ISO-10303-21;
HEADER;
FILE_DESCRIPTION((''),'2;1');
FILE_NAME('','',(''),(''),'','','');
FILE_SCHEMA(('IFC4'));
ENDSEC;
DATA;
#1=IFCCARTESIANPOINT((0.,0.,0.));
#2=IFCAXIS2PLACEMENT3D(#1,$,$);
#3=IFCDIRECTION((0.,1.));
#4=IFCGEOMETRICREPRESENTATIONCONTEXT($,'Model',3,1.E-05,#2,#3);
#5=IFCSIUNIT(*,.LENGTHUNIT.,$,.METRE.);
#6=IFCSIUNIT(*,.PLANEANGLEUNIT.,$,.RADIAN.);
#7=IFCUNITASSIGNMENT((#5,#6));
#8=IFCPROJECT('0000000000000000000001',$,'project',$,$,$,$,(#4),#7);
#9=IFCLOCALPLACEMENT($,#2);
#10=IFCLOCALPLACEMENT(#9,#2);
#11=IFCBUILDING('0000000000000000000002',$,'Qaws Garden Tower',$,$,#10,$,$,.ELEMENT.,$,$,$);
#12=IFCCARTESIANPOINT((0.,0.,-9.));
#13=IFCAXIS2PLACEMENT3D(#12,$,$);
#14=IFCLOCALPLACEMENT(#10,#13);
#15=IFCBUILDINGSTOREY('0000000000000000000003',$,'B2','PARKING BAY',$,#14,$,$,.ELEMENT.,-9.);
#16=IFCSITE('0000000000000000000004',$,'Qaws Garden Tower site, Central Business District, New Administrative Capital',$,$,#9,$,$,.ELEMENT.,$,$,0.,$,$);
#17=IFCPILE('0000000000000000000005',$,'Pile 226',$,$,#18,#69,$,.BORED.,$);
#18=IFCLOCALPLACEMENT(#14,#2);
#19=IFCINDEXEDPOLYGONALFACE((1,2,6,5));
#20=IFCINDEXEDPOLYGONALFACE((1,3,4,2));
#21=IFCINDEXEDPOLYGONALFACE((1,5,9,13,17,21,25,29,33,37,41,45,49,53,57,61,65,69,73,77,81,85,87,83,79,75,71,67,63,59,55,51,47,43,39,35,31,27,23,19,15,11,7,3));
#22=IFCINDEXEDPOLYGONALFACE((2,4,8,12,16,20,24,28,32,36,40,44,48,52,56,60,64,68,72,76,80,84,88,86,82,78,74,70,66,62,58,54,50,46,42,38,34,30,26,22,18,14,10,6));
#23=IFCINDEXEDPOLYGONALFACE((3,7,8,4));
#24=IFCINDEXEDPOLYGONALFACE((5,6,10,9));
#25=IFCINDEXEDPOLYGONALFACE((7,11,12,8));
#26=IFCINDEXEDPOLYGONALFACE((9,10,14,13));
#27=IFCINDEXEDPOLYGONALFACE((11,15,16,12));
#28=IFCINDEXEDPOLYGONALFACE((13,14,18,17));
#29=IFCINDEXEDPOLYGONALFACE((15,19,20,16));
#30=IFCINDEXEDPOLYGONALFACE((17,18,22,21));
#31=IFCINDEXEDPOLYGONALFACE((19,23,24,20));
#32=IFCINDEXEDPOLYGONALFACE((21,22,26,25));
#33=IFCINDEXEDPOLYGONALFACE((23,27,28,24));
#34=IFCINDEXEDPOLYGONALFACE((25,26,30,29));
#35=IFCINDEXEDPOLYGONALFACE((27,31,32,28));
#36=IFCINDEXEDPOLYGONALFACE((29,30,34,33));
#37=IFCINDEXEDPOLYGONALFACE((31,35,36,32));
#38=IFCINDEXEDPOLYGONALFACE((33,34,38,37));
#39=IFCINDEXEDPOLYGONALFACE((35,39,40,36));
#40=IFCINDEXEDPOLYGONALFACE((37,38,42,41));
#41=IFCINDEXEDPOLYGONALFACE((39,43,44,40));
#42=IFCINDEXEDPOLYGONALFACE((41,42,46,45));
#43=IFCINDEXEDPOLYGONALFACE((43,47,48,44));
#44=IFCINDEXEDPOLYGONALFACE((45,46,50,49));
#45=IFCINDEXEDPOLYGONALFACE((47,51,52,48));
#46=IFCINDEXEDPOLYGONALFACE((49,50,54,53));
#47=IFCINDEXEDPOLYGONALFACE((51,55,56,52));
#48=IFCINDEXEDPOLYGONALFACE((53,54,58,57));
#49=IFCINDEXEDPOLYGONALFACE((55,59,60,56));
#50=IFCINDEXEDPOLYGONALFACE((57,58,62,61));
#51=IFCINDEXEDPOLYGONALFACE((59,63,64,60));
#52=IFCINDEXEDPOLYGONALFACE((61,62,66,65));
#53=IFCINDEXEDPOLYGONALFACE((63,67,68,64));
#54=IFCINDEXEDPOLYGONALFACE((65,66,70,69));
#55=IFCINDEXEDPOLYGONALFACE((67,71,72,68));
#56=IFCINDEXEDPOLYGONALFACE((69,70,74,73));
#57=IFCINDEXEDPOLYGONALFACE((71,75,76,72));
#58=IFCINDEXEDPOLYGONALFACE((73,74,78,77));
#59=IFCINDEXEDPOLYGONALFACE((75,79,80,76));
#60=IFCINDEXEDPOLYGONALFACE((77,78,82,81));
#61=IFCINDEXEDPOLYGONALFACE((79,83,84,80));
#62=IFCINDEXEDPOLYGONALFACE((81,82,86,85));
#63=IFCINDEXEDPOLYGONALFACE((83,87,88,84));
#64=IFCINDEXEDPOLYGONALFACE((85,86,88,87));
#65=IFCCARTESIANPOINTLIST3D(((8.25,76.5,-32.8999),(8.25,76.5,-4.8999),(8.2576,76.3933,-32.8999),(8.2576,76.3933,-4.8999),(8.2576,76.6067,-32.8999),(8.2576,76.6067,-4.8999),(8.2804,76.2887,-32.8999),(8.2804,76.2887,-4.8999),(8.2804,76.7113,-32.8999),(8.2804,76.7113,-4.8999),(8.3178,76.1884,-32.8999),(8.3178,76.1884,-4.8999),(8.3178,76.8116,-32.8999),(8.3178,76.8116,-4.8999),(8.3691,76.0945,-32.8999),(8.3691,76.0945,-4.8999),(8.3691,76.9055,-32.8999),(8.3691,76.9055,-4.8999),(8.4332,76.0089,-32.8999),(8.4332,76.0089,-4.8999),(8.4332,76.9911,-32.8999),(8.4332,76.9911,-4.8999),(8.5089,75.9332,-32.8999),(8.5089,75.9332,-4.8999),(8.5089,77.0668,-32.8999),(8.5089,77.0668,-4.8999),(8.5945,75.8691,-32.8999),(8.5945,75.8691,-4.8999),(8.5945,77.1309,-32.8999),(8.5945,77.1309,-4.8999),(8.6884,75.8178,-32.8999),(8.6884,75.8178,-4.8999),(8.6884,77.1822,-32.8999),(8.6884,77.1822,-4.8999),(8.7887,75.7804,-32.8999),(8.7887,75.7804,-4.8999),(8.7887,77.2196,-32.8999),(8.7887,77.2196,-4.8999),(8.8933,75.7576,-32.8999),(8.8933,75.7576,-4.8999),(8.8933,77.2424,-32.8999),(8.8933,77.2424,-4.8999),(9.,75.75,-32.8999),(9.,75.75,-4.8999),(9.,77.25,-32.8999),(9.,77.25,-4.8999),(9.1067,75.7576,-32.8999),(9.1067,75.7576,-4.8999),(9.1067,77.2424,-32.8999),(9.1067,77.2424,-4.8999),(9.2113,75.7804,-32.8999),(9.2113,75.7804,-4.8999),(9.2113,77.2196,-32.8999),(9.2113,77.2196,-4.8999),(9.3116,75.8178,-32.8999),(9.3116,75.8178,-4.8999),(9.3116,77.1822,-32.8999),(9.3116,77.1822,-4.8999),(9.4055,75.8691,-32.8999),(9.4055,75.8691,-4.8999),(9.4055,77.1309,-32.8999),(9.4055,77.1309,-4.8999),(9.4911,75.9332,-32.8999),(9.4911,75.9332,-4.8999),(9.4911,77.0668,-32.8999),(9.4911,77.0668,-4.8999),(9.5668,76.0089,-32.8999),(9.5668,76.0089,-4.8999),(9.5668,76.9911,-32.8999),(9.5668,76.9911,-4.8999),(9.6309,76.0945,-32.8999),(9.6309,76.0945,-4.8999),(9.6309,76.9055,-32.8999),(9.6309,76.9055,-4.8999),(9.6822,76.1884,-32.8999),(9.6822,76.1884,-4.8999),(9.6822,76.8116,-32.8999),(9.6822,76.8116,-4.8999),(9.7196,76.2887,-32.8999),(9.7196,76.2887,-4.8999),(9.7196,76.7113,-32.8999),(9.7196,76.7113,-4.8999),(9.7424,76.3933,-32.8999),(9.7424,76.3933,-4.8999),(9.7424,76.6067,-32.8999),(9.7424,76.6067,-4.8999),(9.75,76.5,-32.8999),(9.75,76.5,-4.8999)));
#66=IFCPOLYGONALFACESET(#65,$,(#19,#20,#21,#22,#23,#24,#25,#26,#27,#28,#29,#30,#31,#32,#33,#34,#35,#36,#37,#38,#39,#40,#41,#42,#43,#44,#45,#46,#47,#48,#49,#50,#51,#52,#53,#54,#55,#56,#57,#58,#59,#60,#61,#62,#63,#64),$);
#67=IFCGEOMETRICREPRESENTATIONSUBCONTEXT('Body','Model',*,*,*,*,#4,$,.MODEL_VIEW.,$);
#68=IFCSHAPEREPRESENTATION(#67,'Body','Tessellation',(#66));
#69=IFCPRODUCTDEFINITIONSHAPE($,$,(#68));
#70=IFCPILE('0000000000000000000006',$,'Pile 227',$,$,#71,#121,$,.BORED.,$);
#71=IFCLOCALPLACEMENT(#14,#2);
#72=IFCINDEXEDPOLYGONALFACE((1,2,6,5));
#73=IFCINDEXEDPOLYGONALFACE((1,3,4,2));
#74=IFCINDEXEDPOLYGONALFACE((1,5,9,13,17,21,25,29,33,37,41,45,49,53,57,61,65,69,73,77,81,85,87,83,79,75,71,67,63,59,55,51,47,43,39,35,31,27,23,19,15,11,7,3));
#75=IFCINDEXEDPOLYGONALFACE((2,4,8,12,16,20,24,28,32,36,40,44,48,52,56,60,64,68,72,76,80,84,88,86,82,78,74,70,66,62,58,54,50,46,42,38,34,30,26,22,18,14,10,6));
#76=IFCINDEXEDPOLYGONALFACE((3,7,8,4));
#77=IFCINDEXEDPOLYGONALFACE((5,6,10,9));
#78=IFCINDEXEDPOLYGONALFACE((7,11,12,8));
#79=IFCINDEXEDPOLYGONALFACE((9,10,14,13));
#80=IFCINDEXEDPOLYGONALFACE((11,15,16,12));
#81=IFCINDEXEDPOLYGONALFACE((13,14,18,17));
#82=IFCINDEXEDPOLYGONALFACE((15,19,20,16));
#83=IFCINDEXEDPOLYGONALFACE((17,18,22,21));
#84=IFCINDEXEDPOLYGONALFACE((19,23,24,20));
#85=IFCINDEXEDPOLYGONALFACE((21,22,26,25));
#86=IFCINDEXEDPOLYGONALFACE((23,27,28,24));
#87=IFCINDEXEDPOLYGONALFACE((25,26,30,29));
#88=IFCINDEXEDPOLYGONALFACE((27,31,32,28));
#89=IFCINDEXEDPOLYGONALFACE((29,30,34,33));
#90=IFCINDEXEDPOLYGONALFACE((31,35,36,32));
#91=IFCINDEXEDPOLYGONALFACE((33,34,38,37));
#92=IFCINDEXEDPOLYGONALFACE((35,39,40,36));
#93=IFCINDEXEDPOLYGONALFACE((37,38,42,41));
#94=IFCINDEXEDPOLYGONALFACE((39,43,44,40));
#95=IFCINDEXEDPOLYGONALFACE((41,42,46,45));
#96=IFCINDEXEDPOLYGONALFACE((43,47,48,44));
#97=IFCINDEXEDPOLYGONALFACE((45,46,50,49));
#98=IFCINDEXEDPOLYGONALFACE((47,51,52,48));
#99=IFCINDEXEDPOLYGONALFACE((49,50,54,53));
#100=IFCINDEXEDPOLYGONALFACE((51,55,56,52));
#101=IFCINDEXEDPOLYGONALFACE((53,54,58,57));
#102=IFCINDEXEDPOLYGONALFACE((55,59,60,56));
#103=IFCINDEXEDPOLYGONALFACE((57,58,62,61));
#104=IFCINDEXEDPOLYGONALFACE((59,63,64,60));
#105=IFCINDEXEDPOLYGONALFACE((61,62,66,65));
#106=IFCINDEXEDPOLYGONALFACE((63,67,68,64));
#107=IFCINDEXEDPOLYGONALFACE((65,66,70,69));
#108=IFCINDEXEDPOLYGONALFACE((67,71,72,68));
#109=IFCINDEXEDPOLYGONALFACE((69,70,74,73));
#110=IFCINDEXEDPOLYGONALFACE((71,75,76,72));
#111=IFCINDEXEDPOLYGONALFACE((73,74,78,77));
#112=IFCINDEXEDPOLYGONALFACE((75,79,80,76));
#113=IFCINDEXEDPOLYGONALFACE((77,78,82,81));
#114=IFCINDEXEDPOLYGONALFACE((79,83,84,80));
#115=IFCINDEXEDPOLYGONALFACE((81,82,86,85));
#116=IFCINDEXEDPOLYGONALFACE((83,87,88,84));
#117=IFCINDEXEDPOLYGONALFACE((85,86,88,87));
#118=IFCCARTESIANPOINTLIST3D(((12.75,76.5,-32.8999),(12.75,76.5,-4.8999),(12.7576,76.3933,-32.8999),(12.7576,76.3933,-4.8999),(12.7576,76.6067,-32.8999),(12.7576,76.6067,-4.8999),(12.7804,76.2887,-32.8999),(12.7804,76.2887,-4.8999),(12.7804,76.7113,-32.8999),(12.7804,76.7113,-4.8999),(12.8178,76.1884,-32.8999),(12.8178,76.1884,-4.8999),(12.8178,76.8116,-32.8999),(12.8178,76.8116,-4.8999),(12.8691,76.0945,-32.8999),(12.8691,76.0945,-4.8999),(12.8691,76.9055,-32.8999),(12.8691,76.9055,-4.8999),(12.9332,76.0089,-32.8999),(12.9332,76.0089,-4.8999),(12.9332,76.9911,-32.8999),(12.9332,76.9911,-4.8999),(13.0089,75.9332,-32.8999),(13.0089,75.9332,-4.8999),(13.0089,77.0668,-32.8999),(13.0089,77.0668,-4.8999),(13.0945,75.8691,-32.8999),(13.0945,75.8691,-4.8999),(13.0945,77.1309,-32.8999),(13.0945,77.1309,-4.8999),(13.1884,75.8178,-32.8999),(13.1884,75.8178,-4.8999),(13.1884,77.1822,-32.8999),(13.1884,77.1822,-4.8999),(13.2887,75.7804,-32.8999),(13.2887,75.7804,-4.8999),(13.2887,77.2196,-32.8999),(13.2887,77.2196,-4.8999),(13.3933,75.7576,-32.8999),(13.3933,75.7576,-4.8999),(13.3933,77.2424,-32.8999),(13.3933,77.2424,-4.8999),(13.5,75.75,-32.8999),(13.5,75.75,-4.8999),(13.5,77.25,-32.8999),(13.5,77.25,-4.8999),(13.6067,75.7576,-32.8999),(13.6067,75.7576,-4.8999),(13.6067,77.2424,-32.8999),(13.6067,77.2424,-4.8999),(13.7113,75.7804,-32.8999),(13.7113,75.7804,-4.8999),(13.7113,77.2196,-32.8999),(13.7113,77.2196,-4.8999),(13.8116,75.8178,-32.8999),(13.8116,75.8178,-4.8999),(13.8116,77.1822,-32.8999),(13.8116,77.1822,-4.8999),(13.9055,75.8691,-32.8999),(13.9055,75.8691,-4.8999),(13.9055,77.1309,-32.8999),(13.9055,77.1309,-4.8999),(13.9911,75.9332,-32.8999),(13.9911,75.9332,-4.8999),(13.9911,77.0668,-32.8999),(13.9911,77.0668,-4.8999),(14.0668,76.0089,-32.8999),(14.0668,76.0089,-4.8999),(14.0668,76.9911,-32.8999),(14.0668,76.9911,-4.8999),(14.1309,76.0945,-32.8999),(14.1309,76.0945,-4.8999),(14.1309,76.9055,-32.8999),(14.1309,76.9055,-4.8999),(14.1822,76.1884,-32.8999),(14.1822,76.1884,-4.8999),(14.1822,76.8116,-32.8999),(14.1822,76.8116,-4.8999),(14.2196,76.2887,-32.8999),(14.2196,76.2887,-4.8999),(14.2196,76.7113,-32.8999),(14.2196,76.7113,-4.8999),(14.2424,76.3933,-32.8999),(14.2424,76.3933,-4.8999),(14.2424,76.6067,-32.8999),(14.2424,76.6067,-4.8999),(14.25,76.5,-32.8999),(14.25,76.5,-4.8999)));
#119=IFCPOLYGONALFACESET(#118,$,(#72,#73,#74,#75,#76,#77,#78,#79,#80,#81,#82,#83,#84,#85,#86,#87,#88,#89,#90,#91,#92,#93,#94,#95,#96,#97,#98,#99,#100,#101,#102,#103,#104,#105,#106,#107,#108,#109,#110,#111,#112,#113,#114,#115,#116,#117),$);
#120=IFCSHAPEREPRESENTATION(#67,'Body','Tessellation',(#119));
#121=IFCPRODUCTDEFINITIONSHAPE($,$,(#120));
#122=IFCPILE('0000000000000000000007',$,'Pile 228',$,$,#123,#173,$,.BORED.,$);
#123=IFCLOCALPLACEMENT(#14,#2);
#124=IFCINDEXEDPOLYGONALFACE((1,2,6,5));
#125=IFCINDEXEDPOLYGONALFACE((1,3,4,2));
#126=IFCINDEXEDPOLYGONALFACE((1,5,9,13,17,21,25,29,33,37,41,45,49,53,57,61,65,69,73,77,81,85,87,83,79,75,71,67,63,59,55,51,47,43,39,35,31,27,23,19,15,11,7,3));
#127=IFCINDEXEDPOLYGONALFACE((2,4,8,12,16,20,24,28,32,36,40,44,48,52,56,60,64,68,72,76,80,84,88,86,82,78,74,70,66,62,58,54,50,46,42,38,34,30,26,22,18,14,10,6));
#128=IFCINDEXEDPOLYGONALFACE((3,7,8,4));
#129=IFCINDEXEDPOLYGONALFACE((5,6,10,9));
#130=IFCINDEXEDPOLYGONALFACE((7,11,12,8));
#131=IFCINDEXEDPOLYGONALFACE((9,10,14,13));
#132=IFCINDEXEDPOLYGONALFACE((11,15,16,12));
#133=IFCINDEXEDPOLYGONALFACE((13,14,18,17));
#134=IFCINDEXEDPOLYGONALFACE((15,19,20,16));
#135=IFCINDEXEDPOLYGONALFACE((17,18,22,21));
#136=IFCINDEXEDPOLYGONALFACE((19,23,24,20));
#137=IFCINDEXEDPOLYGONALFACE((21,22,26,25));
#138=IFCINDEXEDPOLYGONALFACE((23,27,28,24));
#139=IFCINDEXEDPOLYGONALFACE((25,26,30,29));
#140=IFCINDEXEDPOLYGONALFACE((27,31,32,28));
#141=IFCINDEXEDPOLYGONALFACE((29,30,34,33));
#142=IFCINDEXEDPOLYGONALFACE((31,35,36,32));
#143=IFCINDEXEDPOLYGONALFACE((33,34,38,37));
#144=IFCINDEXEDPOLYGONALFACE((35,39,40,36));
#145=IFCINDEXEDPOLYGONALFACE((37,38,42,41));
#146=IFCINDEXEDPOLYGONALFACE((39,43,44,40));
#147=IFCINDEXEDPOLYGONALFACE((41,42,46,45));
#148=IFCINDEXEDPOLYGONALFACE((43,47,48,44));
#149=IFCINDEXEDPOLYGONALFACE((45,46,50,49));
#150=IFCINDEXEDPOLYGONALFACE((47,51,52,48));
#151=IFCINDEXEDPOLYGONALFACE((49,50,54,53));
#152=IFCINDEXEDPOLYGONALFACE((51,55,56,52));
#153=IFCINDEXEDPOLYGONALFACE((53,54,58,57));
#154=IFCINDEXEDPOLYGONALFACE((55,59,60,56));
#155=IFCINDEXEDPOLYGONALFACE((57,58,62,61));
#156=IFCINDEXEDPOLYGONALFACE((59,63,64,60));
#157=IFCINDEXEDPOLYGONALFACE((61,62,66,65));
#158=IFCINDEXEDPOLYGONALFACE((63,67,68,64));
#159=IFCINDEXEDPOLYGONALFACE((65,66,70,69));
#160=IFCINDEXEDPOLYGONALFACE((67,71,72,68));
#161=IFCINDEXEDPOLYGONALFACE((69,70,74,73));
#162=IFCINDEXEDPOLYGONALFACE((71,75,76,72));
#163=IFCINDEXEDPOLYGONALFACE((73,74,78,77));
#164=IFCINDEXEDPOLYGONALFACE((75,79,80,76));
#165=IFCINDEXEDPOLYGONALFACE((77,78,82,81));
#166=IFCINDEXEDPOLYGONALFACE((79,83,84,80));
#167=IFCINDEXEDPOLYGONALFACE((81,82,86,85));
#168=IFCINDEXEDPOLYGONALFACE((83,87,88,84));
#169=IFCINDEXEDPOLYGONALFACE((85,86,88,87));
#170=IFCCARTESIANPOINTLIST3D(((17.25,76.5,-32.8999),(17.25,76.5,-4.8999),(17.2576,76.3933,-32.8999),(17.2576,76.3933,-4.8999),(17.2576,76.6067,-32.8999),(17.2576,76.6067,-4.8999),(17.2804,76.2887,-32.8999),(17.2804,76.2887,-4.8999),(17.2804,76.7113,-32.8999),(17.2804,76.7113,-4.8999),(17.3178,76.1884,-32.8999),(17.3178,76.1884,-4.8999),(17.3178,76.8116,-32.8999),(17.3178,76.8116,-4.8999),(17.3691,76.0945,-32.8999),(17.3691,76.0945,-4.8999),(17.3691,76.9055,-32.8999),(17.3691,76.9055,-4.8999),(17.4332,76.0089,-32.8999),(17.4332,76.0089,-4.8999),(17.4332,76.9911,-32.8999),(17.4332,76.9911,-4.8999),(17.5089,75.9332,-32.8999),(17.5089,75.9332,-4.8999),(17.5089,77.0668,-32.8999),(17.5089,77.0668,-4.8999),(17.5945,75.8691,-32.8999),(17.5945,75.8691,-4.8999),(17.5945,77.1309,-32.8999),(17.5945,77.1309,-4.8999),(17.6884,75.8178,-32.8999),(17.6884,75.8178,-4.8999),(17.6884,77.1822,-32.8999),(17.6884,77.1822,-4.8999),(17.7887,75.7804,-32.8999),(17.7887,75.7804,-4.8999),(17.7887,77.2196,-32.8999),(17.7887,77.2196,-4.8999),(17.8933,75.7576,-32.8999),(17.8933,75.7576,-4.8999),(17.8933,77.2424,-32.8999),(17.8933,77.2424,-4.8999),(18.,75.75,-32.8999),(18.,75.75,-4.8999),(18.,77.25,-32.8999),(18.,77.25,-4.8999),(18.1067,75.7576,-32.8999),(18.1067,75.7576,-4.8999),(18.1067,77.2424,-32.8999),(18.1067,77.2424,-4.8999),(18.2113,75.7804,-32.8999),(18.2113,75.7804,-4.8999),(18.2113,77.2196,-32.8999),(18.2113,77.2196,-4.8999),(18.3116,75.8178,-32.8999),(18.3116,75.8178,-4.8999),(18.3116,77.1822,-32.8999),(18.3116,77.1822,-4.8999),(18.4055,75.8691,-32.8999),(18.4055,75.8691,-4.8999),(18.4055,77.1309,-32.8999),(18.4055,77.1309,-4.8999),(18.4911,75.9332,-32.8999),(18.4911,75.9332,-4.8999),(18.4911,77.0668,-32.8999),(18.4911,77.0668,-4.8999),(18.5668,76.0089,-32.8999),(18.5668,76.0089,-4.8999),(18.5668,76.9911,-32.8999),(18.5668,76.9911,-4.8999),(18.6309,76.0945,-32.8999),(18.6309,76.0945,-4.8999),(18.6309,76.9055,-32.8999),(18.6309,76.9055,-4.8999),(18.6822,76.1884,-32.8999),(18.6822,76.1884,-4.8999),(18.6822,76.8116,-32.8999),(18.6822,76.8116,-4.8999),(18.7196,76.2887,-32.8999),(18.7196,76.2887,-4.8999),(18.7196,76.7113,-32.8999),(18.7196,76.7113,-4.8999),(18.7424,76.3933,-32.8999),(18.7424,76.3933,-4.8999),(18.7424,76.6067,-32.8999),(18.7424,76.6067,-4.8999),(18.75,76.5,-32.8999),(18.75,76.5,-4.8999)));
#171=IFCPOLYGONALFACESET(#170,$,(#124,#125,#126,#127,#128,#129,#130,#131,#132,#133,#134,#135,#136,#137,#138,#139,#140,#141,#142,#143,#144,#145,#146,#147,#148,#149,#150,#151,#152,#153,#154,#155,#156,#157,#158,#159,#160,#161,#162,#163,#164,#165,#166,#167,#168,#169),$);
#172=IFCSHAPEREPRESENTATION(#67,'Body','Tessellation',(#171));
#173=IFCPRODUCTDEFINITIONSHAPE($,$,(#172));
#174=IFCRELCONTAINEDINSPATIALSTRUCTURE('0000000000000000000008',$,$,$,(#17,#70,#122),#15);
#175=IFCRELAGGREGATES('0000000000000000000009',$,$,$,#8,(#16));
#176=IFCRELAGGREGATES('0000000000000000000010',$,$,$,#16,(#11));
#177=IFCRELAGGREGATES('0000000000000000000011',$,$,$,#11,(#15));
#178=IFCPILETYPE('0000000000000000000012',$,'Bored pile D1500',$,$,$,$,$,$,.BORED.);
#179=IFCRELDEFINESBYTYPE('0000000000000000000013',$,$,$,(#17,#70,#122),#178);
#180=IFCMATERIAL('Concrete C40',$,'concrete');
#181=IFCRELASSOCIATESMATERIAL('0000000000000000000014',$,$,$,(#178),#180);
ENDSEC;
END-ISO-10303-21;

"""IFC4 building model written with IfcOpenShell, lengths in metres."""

from ifc_helpers import new_model, si_unit, direction, frame, origin, origin_2d, place, context, subcontext, project, spatial, circle, extrude, material, material_profile, profile_set, type_object, element, save


model = new_model("IFC4")

# Units and contexts
model_context = context("Model", 3, precision=1e-05, world=origin(), true_north=direction((0.0, 1.0)))
body_context = subcontext(model_context, "Body", "Model", "MODEL_VIEW")
ifc_project = project(units=[si_unit("LENGTHUNIT", "METRE"), si_unit("PLANEANGLEUNIT", "RADIAN")], contexts=[model_context])

# Site, building, storey
site_placement = place(None, origin())
site = spatial("IfcSite", under=ifc_project, at=site_placement, Name="Qaws Garden Tower site, Central Business District, New Administrative Capital", CompositionType="ELEMENT", RefElevation=0.0)
building_placement = place(site_placement, origin())
building = spatial("IfcBuilding", under=site, at=building_placement, Name="Qaws Garden Tower", CompositionType="ELEMENT")
storey_placement = place(building_placement, frame((0.0, 0.0, -9.0)))
storey = spatial("IfcBuildingStorey", under=building, at=storey_placement, Name="B2", Description="PARKING BAY", CompositionType="ELEMENT", Elevation=-9.0)

# Piles
ifc_material_1 = material(Name="Concrete C40", Category="concrete")
ifc_material_profile_1 = material_profile(ifc_material_1, circle(Radius=0.75, at=origin_2d()), Name="Bored pile D1500")
ifc_profile_set_1 = profile_set([ifc_material_profile_1], Name="Concrete C40")
pile_type = type_object("IfcPileType", Name="Bored pile D1500", PredefinedType="BORED", material=ifc_profile_set_1)
for number, where, z_axis, x_axis, name in (
    (1, (9.0, 76.5, -4.8999), (0.0, 0.0, -1.0), (1.0, 0.0, 0.0), "Pile 226"),
    (2, (13.5, 76.5, -4.8999), (0.0, 0.0, -1.0), (1.0, 0.0, 0.0), "Pile 227"),
    (3, (18.0, 76.5, -4.8999), (0.0, 0.0, -1.0), (1.0, 0.0, 0.0), "Pile 228"),
):
    element("IfcPile", number, at=place(storey_placement, frame(where, z_axis=z_axis, x_axis=x_axis)), inside=storey, type_object=pile_type, Name=name, PredefinedType="BORED", context=body_context, shape_type="SweptSolid", body=[
        extrude(circle(Radius=0.75, at=origin_2d()), origin(), (0.0, 0.0, 1.0), 28.0),
    ])

save(model, "model.ifc")
